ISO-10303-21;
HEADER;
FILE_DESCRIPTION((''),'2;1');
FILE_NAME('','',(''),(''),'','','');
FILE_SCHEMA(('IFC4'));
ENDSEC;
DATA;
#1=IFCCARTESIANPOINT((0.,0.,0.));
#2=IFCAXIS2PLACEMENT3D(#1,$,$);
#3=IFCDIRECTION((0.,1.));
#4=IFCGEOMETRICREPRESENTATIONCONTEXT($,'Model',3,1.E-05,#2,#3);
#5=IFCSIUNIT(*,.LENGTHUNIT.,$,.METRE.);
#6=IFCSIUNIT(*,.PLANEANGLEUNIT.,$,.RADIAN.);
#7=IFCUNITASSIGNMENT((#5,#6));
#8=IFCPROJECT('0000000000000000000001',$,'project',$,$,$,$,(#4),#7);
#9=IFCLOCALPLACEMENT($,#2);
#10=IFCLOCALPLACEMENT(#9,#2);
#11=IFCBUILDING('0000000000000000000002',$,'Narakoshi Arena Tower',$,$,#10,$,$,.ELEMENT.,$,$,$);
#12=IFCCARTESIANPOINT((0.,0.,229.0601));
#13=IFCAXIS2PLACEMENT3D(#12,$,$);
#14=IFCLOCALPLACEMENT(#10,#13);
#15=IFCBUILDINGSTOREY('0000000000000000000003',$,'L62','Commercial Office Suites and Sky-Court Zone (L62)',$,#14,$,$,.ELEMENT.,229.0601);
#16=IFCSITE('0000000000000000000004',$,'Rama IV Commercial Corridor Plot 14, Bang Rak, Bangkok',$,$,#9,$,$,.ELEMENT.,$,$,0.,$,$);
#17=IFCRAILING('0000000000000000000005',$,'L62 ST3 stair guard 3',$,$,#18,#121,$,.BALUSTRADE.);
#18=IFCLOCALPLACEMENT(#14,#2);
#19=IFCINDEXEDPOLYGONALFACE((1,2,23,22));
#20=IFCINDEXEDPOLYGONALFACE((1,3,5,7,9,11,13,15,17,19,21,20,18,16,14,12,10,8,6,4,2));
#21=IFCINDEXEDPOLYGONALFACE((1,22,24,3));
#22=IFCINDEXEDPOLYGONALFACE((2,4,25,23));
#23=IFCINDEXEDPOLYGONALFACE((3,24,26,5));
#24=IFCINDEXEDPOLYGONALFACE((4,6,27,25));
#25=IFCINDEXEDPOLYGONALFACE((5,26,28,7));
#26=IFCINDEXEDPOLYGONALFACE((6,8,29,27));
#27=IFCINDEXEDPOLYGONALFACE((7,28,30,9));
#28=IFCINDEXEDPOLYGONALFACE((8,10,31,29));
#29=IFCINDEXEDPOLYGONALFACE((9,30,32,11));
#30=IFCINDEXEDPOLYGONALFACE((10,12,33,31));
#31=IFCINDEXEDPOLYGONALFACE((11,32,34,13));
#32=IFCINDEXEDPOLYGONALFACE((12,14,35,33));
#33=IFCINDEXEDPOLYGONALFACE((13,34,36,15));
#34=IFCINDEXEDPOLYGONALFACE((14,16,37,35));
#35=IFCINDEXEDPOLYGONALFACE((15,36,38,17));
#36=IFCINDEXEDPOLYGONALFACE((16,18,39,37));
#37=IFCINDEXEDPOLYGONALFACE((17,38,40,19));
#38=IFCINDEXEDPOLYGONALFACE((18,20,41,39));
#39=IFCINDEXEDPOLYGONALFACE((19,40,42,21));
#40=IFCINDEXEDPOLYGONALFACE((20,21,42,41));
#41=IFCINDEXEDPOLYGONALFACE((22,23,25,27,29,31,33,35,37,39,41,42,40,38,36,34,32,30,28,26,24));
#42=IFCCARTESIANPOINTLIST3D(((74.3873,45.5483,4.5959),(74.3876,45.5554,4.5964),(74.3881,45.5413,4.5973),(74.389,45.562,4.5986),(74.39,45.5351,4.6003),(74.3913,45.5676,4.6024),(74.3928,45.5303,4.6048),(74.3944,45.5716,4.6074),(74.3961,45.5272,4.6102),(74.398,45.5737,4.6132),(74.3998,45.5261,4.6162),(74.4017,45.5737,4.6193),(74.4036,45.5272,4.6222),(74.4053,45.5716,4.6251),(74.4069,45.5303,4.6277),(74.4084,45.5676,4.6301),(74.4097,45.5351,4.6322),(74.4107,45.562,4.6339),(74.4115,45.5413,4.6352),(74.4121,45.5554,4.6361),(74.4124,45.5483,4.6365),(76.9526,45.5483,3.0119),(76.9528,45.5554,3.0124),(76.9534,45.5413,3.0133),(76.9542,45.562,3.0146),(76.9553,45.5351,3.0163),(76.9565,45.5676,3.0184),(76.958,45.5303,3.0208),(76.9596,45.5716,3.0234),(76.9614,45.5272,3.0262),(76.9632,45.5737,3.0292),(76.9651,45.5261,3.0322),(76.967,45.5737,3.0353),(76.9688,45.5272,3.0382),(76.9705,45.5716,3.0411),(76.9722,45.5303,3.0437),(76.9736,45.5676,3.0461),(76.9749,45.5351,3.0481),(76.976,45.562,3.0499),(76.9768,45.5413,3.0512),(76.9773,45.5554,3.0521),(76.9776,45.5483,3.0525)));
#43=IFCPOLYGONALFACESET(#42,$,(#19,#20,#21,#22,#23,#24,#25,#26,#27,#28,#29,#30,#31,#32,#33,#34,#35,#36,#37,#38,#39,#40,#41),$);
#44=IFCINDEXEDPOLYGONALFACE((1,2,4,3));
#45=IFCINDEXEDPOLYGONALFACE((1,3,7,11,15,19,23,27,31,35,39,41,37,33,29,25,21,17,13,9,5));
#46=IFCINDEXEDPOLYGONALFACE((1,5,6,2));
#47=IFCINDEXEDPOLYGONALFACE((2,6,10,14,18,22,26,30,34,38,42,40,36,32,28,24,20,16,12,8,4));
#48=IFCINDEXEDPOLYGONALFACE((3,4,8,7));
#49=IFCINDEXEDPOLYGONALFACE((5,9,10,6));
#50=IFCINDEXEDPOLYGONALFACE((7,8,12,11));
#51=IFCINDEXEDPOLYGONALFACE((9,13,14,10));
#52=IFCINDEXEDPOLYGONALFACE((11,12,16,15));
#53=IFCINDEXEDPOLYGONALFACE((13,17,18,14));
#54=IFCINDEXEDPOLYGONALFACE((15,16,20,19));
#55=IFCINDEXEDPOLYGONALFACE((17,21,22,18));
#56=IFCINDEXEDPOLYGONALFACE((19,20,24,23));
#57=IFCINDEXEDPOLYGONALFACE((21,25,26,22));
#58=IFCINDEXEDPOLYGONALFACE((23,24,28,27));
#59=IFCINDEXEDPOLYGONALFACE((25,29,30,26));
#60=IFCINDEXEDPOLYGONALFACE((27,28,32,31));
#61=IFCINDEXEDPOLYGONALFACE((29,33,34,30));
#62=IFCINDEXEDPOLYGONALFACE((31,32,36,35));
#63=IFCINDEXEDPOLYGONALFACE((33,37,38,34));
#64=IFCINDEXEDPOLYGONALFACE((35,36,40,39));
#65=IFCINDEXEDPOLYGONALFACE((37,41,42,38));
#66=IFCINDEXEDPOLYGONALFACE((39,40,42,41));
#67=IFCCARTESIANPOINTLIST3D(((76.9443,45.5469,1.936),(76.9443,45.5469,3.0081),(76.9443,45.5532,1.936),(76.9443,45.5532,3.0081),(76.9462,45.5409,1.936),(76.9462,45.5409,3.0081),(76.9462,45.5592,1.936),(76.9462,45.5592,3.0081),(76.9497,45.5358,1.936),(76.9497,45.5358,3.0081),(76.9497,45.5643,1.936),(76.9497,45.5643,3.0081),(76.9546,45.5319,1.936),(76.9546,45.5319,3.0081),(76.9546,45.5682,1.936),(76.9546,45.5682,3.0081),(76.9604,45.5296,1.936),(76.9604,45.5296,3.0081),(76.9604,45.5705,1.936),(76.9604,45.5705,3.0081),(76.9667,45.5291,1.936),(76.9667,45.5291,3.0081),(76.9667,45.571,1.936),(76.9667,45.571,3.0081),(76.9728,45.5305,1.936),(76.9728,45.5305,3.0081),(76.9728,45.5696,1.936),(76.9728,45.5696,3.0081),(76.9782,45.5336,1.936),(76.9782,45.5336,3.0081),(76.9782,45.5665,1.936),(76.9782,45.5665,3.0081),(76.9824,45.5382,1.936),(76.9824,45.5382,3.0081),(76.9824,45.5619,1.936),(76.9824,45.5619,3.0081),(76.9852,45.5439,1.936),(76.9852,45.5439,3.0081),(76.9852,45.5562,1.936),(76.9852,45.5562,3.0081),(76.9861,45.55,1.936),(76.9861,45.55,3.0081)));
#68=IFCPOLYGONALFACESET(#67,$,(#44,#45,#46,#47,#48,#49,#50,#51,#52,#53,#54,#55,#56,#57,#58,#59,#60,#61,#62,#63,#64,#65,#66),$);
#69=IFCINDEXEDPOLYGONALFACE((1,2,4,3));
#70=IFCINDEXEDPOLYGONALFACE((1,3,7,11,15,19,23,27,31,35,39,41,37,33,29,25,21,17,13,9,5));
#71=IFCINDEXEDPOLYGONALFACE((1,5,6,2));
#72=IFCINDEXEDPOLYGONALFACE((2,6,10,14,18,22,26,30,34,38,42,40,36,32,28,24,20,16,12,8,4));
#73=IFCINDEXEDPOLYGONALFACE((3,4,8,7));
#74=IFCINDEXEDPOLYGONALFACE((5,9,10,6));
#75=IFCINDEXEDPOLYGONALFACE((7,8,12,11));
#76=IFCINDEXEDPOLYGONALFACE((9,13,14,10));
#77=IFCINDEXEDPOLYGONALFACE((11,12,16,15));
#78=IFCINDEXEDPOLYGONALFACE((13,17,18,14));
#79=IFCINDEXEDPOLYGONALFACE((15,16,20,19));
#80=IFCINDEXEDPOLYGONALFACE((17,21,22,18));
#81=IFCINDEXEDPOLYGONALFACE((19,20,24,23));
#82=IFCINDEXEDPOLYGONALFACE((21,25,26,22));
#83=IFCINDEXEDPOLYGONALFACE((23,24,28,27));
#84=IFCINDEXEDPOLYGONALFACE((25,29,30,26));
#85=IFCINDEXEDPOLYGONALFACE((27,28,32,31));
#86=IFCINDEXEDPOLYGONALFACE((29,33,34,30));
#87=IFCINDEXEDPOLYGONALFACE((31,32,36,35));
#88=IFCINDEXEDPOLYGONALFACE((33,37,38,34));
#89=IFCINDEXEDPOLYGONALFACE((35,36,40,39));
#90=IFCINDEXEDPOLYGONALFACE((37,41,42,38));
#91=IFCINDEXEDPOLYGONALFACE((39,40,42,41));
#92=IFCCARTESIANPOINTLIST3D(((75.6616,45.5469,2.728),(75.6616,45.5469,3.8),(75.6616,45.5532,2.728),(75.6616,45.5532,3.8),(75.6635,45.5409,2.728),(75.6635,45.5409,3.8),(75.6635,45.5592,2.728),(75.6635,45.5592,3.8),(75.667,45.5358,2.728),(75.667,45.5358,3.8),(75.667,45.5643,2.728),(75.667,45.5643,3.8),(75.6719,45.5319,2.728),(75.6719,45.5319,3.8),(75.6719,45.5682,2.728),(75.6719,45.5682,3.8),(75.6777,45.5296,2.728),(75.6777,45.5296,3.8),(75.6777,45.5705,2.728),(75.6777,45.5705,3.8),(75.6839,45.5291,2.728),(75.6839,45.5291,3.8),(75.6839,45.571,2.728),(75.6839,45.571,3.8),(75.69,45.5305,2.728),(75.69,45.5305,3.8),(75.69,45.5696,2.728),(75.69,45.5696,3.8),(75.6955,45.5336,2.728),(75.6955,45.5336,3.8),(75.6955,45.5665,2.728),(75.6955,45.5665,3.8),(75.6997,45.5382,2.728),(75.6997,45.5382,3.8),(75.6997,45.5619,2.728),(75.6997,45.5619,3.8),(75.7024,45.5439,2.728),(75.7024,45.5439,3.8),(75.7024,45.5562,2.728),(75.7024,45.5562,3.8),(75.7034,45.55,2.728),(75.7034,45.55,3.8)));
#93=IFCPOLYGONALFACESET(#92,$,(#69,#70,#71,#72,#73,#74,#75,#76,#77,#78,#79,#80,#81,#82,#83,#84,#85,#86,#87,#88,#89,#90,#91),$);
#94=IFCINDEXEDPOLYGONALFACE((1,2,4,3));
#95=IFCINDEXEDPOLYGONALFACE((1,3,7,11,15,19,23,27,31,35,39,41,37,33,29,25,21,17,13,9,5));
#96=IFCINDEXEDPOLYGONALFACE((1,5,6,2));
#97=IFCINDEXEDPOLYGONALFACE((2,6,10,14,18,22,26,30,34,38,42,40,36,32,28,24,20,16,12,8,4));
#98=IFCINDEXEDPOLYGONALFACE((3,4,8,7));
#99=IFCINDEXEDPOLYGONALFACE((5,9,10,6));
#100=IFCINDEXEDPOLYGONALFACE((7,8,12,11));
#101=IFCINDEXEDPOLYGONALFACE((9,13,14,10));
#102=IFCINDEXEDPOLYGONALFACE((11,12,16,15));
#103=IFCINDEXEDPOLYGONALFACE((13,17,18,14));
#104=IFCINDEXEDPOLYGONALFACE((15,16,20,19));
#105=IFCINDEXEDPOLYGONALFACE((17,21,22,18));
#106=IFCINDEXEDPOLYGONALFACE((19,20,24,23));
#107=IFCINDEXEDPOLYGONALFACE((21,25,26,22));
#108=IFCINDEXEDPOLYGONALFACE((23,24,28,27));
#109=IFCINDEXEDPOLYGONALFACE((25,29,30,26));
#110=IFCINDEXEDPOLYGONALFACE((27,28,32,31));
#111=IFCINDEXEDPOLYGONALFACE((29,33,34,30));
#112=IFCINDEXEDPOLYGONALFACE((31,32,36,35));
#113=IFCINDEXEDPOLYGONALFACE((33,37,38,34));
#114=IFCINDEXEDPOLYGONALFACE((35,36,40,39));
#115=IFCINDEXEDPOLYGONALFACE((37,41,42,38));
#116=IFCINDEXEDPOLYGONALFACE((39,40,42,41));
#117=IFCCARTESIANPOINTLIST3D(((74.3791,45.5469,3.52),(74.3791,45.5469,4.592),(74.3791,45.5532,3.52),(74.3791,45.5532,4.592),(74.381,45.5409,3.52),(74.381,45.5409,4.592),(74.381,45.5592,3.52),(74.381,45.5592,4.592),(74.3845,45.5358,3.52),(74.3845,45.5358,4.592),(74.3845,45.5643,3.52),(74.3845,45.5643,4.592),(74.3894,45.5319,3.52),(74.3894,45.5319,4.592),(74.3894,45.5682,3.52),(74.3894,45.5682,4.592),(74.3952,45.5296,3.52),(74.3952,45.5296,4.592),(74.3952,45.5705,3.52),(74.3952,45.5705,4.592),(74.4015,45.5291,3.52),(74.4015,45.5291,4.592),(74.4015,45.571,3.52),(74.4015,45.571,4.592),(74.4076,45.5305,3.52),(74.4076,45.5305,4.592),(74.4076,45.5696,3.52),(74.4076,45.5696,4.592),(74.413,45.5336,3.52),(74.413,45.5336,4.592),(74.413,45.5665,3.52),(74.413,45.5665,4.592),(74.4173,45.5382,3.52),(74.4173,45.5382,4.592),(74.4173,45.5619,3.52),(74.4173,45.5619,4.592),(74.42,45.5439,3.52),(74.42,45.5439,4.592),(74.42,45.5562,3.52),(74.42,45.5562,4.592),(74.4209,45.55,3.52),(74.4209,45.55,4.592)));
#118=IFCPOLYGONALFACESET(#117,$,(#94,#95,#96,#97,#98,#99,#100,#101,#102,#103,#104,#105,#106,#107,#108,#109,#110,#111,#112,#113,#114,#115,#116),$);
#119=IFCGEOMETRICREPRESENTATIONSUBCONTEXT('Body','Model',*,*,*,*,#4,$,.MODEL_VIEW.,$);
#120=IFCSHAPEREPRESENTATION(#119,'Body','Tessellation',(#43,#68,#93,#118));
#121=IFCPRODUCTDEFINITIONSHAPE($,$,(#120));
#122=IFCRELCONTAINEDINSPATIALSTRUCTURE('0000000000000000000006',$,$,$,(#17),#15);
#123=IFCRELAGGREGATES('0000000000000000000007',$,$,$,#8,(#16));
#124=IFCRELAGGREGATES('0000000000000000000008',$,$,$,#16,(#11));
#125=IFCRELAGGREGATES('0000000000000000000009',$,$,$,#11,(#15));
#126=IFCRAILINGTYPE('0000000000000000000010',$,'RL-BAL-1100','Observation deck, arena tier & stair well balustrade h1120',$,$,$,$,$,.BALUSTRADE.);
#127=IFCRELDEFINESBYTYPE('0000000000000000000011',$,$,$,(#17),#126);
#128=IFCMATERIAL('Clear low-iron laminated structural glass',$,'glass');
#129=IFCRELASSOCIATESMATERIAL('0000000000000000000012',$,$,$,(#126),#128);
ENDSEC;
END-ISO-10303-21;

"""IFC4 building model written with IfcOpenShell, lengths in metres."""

from ifc_helpers import new_model, si_unit, direction, frame, origin, origin_2d, place, context, subcontext, project, spatial, circle, extrude, material, type_object, element, save


model = new_model("IFC4")

# Units and contexts
model_context = context("Model", 3, precision=1e-05, world=origin(), true_north=direction((0.0, 1.0)))
body_context = subcontext(model_context, "Body", "Model", "MODEL_VIEW")
ifc_project = project(units=[si_unit("LENGTHUNIT", "METRE"), si_unit("PLANEANGLEUNIT", "RADIAN")], contexts=[model_context])

# Site, building, storey
site_placement = place(None, origin())
site = spatial("IfcSite", under=ifc_project, at=site_placement, Name="Rama IV Commercial Corridor Plot 14, Bang Rak, Bangkok", CompositionType="ELEMENT", RefElevation=0.0)
building_placement = place(site_placement, origin())
building = spatial("IfcBuilding", under=site, at=building_placement, Name="Narakoshi Arena Tower", CompositionType="ELEMENT")
storey_placement = place(building_placement, frame((0.0, 0.0, 229.0601)))
storey = spatial("IfcBuildingStorey", under=building, at=storey_placement, Name="L62", Description="Commercial Office Suites and Sky-Court Zone (L62)", CompositionType="ELEMENT", Elevation=229.0601)

# Railing
ifc_material_1 = material(Name="Clear low-iron laminated structural glass", Category="glass")
railing_type_1 = type_object("IfcRailingType", Name="RL-BAL-1100", Description="Observation deck, arena tier & stair well balustrade h1120", PredefinedType="BALUSTRADE", material=ifc_material_1)
railing_1_placement = place(storey_placement, frame((76.9651, 45.55, 1.936)))
element("IfcRailing", 1, at=railing_1_placement, inside=storey, type_object=railing_type_1, Name="L62 ST3 stair guard 3", PredefinedType="BALUSTRADE", context=body_context, shape_type="SweptSolid", body=[
    extrude(circle(Radius=0.0239, at=origin_2d()), frame((0.0, 0.0, 1.0962), z_axis=(-0.850857, 0.0, 0.525398), x_axis=(0.0, -1.0, 0.0)), (0.0, 0.0, 1.0), 3.0149),
    extrude(circle(Radius=0.021, at=origin_2d()), origin(), (0.0, 0.0, 1.0), 1.072),
    extrude(circle(Radius=0.021, at=origin_2d()), frame((-1.2827, 0.0, 0.792)), (0.0, 0.0, 1.0), 1.072),
    extrude(circle(Radius=0.021, at=origin_2d()), frame((-2.5652, 0.0, 1.584)), (0.0, 0.0, 1.0), 1.072),
])

save(model, "model.ifc")
